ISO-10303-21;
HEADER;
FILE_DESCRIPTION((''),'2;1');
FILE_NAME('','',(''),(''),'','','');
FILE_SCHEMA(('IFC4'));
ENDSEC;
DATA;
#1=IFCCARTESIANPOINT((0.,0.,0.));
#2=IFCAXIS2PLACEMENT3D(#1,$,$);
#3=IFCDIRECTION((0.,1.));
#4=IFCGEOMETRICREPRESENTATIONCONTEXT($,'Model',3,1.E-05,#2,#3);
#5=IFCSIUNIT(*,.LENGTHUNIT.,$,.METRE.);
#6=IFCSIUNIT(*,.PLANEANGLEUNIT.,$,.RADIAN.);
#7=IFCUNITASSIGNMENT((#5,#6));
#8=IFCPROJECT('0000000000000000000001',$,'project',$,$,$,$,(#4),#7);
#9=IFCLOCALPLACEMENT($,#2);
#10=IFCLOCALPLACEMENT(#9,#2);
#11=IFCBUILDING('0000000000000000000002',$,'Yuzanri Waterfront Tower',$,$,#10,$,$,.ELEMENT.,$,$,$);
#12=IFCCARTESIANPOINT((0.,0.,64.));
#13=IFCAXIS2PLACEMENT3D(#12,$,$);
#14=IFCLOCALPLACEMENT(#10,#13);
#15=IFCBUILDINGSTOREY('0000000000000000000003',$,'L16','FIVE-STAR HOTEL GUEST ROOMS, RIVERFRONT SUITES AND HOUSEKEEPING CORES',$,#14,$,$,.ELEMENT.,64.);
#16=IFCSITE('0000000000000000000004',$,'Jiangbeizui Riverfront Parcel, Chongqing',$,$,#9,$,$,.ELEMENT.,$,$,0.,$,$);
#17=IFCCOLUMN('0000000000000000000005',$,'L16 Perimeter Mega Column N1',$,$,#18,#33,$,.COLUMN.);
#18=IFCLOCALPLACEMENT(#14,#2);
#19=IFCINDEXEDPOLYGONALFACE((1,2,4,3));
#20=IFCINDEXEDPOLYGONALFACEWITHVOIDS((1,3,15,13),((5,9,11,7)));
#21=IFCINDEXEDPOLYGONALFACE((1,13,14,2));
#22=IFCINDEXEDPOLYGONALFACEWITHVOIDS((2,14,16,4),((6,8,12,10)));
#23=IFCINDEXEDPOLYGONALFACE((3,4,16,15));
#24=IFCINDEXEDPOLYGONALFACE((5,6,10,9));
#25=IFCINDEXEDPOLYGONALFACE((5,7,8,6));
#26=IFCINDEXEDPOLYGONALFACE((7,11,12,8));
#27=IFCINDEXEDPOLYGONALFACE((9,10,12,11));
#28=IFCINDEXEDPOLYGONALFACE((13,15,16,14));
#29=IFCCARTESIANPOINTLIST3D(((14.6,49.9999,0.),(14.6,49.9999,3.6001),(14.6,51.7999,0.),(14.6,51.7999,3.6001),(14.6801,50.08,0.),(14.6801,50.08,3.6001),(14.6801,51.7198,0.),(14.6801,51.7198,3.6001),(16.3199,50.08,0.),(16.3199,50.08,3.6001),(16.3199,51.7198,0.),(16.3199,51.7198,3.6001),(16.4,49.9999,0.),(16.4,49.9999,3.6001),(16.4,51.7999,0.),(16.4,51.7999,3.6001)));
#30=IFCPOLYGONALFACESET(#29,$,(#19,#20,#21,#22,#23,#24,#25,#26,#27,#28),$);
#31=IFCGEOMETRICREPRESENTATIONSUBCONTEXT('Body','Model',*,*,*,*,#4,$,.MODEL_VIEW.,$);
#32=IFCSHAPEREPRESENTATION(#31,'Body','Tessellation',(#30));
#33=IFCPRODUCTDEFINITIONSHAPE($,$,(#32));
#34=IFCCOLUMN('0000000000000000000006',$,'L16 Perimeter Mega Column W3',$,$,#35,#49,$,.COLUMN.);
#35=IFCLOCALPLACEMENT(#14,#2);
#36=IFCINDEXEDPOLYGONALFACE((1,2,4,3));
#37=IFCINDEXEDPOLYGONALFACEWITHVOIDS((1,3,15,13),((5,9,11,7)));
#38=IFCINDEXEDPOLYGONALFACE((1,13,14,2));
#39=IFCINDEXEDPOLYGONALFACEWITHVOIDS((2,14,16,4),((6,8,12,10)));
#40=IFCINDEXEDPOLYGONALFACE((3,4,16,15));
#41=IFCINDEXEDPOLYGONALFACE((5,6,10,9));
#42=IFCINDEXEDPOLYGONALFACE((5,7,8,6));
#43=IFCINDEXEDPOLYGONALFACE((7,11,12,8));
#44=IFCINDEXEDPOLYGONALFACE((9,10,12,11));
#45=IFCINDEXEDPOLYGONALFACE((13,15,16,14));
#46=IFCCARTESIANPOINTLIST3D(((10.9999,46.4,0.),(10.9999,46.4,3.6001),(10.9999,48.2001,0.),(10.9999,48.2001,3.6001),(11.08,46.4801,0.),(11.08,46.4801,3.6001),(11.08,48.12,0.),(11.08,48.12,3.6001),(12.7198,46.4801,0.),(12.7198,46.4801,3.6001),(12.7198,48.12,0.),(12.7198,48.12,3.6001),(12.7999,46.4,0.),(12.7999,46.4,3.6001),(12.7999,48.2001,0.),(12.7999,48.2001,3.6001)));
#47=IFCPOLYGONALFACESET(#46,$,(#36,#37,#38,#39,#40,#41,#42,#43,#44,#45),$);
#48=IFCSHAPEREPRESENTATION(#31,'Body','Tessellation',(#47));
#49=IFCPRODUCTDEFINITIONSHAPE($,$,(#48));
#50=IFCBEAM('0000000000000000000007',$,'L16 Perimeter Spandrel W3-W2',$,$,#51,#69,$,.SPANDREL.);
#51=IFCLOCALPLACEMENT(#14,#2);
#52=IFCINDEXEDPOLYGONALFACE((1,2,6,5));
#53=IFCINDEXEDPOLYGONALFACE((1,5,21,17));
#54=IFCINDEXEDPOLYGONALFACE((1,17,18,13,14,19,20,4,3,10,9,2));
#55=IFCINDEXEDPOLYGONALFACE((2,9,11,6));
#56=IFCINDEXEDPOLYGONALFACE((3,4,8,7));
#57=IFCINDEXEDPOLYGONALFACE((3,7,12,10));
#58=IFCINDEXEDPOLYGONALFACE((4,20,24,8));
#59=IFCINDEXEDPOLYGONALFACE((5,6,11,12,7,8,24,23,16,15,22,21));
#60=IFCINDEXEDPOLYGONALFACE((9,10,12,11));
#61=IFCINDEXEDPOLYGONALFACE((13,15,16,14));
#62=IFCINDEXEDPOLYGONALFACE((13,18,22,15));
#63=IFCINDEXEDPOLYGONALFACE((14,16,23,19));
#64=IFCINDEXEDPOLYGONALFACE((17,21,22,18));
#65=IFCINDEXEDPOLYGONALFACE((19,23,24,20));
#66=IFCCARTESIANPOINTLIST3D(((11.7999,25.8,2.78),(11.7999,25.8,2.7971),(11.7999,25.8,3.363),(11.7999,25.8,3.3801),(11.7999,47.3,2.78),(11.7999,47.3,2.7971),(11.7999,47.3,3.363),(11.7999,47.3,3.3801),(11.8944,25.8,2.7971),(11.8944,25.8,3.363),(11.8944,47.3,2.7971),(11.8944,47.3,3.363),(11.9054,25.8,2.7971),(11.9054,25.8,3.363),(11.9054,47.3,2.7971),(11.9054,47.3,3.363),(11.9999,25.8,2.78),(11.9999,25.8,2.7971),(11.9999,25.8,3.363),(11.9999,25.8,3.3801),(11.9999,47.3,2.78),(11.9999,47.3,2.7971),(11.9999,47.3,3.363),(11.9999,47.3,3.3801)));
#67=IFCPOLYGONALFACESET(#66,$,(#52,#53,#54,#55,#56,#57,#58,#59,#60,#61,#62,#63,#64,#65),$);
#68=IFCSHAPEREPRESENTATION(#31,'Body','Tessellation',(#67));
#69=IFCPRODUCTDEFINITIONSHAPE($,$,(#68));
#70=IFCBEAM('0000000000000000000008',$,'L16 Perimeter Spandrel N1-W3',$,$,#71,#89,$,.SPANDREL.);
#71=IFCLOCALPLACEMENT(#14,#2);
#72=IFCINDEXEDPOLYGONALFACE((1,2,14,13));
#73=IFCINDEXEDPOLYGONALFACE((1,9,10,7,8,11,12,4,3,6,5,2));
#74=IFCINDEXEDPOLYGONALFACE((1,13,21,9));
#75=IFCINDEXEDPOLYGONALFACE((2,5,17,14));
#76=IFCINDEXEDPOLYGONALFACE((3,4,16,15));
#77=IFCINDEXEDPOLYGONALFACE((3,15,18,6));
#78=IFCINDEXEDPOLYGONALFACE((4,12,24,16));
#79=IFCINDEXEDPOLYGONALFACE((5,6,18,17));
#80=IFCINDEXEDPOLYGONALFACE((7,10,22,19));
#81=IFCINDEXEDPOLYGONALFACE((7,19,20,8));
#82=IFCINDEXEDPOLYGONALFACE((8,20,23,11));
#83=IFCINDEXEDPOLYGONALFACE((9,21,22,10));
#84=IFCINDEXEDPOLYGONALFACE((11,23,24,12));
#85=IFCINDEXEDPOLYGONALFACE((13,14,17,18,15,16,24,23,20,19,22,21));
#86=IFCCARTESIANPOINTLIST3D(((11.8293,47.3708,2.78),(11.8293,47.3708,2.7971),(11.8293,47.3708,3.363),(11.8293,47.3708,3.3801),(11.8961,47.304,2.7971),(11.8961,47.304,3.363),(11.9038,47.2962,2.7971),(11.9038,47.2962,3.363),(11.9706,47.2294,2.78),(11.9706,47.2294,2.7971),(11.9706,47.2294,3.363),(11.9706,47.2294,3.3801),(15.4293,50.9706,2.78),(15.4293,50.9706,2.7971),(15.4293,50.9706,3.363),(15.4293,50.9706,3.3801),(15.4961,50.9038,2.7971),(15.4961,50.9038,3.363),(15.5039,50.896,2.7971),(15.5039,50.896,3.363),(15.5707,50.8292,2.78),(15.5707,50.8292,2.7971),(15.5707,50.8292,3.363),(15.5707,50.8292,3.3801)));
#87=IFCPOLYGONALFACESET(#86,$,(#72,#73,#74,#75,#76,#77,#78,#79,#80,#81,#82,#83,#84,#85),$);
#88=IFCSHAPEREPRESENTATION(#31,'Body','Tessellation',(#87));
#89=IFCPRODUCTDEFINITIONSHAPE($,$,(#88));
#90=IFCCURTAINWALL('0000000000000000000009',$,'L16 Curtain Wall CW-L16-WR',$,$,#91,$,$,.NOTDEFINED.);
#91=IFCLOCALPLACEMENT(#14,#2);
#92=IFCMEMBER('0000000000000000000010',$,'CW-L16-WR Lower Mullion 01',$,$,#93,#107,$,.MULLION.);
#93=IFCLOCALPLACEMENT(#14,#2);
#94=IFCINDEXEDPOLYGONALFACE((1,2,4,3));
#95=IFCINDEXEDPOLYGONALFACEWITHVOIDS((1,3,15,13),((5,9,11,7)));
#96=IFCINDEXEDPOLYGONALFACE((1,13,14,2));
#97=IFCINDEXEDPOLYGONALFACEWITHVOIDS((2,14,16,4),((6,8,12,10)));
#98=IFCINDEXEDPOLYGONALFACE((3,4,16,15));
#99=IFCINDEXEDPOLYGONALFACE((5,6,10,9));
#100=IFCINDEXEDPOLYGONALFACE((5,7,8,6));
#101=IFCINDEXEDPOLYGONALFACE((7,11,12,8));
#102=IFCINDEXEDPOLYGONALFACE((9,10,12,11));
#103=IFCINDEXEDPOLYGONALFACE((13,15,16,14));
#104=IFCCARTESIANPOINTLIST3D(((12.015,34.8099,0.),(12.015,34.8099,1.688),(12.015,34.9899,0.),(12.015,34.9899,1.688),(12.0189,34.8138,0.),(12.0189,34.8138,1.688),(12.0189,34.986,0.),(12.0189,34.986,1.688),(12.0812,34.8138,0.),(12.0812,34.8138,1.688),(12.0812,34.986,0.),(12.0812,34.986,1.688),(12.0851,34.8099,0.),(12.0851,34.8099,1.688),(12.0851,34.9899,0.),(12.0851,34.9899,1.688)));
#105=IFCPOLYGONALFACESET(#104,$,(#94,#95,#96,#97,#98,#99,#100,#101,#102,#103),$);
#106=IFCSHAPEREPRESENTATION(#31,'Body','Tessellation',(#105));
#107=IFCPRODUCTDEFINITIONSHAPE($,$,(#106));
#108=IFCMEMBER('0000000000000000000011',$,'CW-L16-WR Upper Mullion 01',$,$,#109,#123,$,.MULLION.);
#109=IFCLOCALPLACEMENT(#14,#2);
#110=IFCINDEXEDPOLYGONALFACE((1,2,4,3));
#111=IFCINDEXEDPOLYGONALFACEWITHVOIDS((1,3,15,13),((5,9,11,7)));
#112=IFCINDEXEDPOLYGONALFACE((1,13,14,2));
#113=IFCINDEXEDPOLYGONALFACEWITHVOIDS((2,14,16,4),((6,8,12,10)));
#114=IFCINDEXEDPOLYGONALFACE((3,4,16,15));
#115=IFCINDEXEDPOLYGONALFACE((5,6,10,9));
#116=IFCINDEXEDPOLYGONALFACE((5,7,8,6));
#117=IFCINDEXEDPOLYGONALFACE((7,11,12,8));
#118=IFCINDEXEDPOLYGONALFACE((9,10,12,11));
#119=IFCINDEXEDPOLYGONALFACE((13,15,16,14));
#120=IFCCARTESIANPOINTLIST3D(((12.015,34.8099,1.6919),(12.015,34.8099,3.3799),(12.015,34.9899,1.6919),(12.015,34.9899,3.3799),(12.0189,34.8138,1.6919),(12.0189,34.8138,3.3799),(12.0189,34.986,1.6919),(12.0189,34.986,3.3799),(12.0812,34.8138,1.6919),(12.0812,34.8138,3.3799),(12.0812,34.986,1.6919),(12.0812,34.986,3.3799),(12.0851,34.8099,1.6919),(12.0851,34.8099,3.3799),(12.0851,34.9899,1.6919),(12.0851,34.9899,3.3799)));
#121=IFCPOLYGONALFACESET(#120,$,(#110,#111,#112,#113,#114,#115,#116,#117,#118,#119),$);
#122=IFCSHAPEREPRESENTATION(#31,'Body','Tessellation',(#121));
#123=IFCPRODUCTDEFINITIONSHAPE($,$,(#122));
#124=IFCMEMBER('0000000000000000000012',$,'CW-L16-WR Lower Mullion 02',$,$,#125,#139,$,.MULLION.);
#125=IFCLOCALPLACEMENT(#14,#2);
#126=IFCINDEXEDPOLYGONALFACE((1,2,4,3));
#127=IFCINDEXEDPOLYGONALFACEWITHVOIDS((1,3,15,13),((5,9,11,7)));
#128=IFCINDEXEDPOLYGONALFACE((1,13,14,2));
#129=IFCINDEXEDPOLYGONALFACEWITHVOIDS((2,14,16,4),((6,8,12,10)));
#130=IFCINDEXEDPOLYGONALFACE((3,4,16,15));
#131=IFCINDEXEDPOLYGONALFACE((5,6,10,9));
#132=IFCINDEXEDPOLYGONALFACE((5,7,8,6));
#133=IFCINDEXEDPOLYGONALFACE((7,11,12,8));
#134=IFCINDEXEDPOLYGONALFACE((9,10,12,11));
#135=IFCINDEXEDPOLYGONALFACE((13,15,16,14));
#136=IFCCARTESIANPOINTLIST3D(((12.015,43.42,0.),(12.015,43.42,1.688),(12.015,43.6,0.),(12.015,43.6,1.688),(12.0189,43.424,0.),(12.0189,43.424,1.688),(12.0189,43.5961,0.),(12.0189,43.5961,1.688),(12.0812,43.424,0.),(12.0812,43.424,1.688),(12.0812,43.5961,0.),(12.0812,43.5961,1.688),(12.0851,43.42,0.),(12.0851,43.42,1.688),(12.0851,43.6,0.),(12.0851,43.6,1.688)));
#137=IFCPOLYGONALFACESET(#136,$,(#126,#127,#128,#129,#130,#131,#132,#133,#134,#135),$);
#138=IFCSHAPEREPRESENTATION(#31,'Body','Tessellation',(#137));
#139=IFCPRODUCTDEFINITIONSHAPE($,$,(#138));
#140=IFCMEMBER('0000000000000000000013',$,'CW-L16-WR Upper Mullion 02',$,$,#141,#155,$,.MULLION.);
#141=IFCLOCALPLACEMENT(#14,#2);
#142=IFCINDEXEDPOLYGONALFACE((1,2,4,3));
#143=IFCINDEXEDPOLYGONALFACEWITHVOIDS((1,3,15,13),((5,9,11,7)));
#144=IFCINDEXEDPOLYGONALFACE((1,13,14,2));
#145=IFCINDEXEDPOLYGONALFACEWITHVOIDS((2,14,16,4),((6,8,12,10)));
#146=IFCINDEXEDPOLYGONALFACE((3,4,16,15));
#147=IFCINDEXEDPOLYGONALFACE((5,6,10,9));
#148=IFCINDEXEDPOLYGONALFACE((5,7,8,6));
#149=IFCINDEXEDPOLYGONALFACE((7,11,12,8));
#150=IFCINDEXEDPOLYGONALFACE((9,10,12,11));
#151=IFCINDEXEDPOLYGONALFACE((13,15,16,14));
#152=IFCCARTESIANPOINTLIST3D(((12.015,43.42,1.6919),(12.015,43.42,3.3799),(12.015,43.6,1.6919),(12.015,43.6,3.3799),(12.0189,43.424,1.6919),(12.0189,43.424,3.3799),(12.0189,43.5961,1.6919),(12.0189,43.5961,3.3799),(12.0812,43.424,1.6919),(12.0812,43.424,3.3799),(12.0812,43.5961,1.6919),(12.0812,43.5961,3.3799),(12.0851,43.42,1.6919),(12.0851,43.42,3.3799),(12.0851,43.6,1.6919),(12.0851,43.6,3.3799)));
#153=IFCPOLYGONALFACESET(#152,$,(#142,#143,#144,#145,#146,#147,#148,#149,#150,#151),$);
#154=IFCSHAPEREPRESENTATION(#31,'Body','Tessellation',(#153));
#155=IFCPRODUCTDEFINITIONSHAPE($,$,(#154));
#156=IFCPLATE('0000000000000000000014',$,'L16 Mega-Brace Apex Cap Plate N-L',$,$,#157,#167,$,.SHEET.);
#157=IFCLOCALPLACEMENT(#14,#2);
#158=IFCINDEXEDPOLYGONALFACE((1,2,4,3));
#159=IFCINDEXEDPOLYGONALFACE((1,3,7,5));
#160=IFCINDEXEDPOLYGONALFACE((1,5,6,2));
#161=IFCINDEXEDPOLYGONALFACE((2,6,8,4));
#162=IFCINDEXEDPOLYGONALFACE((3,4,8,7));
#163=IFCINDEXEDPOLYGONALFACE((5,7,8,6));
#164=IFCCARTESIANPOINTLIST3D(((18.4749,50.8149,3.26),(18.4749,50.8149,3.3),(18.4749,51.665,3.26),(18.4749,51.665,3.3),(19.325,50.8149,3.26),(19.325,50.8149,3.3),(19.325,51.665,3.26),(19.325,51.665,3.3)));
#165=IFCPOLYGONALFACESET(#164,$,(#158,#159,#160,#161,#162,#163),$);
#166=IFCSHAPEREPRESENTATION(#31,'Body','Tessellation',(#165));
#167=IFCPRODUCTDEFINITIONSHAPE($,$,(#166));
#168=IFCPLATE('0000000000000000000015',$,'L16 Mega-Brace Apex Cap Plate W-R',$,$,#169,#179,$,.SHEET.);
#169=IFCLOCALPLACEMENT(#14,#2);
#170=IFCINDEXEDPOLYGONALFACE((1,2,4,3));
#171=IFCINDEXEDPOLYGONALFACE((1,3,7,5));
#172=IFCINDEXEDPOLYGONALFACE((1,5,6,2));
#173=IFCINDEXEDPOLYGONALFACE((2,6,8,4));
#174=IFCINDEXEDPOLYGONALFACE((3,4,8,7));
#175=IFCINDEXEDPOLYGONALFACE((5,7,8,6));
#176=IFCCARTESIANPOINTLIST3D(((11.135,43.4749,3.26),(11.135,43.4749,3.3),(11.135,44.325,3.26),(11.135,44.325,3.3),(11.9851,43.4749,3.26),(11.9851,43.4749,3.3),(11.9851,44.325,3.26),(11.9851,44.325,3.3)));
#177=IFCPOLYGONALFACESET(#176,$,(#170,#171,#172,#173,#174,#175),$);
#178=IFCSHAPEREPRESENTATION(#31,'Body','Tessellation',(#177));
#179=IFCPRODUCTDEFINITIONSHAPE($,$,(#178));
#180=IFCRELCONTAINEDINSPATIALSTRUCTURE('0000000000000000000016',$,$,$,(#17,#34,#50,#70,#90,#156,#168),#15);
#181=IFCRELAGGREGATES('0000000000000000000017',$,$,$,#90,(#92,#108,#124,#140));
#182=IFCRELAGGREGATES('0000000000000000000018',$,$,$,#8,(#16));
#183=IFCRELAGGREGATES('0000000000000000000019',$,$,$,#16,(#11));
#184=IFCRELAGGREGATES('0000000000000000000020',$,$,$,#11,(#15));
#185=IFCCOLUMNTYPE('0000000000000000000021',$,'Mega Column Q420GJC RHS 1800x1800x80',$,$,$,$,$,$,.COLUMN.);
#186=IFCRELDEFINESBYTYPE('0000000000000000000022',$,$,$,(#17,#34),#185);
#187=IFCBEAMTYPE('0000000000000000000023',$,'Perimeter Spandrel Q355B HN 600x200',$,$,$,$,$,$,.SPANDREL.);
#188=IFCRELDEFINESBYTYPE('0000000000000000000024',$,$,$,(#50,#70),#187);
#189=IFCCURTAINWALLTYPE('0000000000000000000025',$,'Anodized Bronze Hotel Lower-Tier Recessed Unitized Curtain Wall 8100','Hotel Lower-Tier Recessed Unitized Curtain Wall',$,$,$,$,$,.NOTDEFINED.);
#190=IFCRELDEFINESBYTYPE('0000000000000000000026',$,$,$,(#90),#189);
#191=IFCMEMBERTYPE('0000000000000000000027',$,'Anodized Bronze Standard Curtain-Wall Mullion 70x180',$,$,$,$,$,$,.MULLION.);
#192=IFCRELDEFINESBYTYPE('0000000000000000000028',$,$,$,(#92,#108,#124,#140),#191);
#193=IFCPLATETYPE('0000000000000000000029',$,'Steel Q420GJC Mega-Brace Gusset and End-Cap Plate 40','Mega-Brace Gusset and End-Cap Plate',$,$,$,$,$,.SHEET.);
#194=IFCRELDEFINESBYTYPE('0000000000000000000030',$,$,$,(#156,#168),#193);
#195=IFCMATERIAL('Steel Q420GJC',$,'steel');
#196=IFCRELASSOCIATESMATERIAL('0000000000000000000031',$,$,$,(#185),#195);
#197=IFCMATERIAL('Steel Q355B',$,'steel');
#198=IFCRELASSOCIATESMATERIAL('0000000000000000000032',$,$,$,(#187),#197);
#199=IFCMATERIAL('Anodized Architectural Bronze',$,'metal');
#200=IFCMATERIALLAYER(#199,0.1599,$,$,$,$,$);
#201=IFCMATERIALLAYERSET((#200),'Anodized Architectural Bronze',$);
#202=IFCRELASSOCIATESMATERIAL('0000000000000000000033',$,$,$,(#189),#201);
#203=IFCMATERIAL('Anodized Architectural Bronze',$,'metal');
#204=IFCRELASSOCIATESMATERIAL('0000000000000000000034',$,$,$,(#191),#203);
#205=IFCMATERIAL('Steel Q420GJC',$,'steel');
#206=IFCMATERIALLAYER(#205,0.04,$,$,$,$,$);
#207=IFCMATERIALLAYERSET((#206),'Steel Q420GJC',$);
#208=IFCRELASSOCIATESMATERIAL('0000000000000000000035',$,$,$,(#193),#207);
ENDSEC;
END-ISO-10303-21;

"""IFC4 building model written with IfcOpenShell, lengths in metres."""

from ifc_helpers import new_model, si_unit, direction, frame, origin, origin_2d, place, context, subcontext, project, spatial, rectangle, hollow_rectangle, i_section, extrude, source, transform, mapped, material, layer, layer_set, material_profile, profile_set, type_object, element, aggregate, save


model = new_model("IFC4")

# Units and contexts
model_context = context("Model", 3, precision=1e-05, world=origin(), true_north=direction((0.0, 1.0)))
body_context = subcontext(model_context, "Body", "Model", "MODEL_VIEW")
ifc_project = project(units=[si_unit("LENGTHUNIT", "METRE"), si_unit("PLANEANGLEUNIT", "RADIAN")], contexts=[model_context])

# Site, building, storey
site_placement = place(None, origin())
site = spatial("IfcSite", under=ifc_project, at=site_placement, Name="Jiangbeizui Riverfront Parcel, Chongqing", CompositionType="ELEMENT", RefElevation=0.0)
building_placement = place(site_placement, origin())
building = spatial("IfcBuilding", under=site, at=building_placement, Name="Yuzanri Waterfront Tower", CompositionType="ELEMENT")
storey_placement = place(building_placement, frame((0.0, 0.0, 64.0)))
storey = spatial("IfcBuildingStorey", under=building, at=storey_placement, Name="L16", Description="FIVE-STAR HOTEL GUEST ROOMS, RIVERFRONT SUITES AND HOUSEKEEPING CORES", CompositionType="ELEMENT", Elevation=64.0)

# Columns
ifc_material_1 = material(Name="Steel Q420GJC", Category="steel")
ifc_material_profile_1 = material_profile(ifc_material_1, hollow_rectangle(XDim=1.8, YDim=1.8, WallThickness=0.0801, at=origin_2d()), Name="RHS 1800x1800x80")
ifc_profile_set_1 = profile_set([ifc_material_profile_1], Name="Steel Q420GJC")
column_type = type_object("IfcColumnType", Name="Mega Column Q420GJC RHS 1800x1800x80", PredefinedType="COLUMN", material=ifc_profile_set_1)
shared_shape_1 = source(origin(), body_context, "Body", "SweptSolid", [
    extrude(hollow_rectangle(XDim=1.8, YDim=1.8, WallThickness=0.0801, at=origin_2d()), origin(), (0.0, 0.0, 1.0), 3.6001),
])
for number, where, z_axis, x_axis, name in (
    (1, (15.5, 50.8999, 0.0), (0.0, 0.0, 1.0), (1.0, 0.0, 0.0), "L16 Perimeter Mega Column N1"),
    (2, (11.8999, 47.3, 0.0), (0.0, 0.0, 1.0), (1.0, 0.0, 0.0), "L16 Perimeter Mega Column W3"),
):
    element("IfcColumn", number, at=place(storey_placement, frame(where, z_axis=z_axis, x_axis=x_axis)), inside=storey, type_object=column_type, Name=name, PredefinedType="COLUMN", context=body_context, shape_type="MappedRepresentation", body=[
        mapped(shared_shape_1, transform((0.0, 0.0, 0.0), scale=1.0)),
    ])

# Beams
ifc_material_2 = material(Name="Steel Q355B", Category="steel")
ifc_material_profile_2 = material_profile(ifc_material_2, i_section(OverallWidth=0.2, OverallDepth=0.6001, WebThickness=0.011, FlangeThickness=0.0171, at=origin_2d()), Name="HN 600x200x11x17")
ifc_profile_set_2 = profile_set([ifc_material_profile_2], Name="Steel Q355B")
beam_type = type_object("IfcBeamType", Name="Perimeter Spandrel Q355B HN 600x200", PredefinedType="SPANDREL", material=ifc_profile_set_2)
shared_shape_2 = source(origin(), body_context, "Body", "SweptSolid", [
    extrude(i_section(OverallWidth=0.2, OverallDepth=0.6001, WebThickness=0.011, FlangeThickness=0.0171, at=origin_2d()), origin(), (0.0, 0.0, 1.0), 21.5),
])
beam_1_placement = place(storey_placement, frame((11.8999, 47.3, 3.0801), z_axis=(0.0, -1.0, 0.0), x_axis=(1.0, 0.0, 0.0)))
element("IfcBeam", 3, at=beam_1_placement, inside=storey, type_object=beam_type, Name="L16 Perimeter Spandrel W3-W2", PredefinedType="SPANDREL", context=body_context, shape_type="MappedRepresentation", body=[
    mapped(shared_shape_2, transform((0.0, 0.0, 0.0), scale=1.0)),
])
shared_shape_3 = source(origin(), body_context, "Body", "SweptSolid", [
    extrude(i_section(OverallWidth=0.2, OverallDepth=0.6001, WebThickness=0.011, FlangeThickness=0.0171, at=origin_2d()), origin(), (0.0, 0.0, 1.0), 5.0911),
])
beam_2_placement = place(storey_placement, frame((15.5, 50.8999, 3.0801), z_axis=(-0.707131, -0.707083, 0.0), x_axis=(0.707083, -0.707131, 0.0)))
element("IfcBeam", 4, at=beam_2_placement, inside=storey, type_object=beam_type, Name="L16 Perimeter Spandrel N1-W3", PredefinedType="SPANDREL", context=body_context, shape_type="MappedRepresentation", body=[
    mapped(shared_shape_3, transform((0.0, 0.0, 0.0), scale=1.0)),
])

# Curtain wall, members
ifc_material_3 = material(Name="Anodized Architectural Bronze", Category="metal")
ifc_layer_1 = layer(ifc_material_3, 0.1599)
ifc_layer_set_1 = layer_set([ifc_layer_1], Name="Anodized Architectural Bronze")
curtain_wall_type = type_object("IfcCurtainWallType", Name="Anodized Bronze Hotel Lower-Tier Recessed Unitized Curtain Wall 8100", Description="Hotel Lower-Tier Recessed Unitized Curtain Wall", PredefinedType="NOTDEFINED", material=ifc_layer_set_1)
curtain_wall_placement = place(storey_placement, origin())
curtain_wall = element("IfcCurtainWall", 5, at=curtain_wall_placement, inside=storey, type_object=curtain_wall_type, Name="L16 Curtain Wall CW-L16-WR", PredefinedType="NOTDEFINED")
ifc_material_4 = material(Name="Anodized Architectural Bronze", Category="metal")
ifc_material_profile_3 = material_profile(ifc_material_4, hollow_rectangle(XDim=0.0701, YDim=0.1799, WallThickness=0.0039, at=origin_2d()), Name="CWM 70x180")
ifc_profile_set_3 = profile_set([ifc_material_profile_3], Name="Anodized Architectural Bronze")
member_type = type_object("IfcMemberType", Name="Anodized Bronze Standard Curtain-Wall Mullion 70x180", PredefinedType="MULLION", material=ifc_profile_set_3)
shared_shape_4 = source(origin(), body_context, "Body", "SweptSolid", [
    extrude(hollow_rectangle(XDim=0.0701, YDim=0.1799, WallThickness=0.0039, at=origin_2d()), origin(), (0.0, 0.0, 1.0), 1.688),
])
member_1_placement = place(storey_placement, frame((12.05, 34.8999, 0.0), z_axis=(0.0, 0.0, 1.0), x_axis=(1.0, 0.0, 0.0)))
member_1 = element("IfcMember", 6, at=member_1_placement, type_object=member_type, Name="CW-L16-WR Lower Mullion 01", PredefinedType="MULLION", context=body_context, shape_type="MappedRepresentation", body=[
    mapped(shared_shape_4, transform((0.0, 0.0, 0.0), scale=1.0)),
])
member_2_placement = place(storey_placement, frame((12.05, 34.8999, 1.6919), z_axis=(0.0, 0.0, 1.0), x_axis=(1.0, 0.0, 0.0)))
member_2 = element("IfcMember", 7, at=member_2_placement, type_object=member_type, Name="CW-L16-WR Upper Mullion 01", PredefinedType="MULLION", context=body_context, shape_type="MappedRepresentation", body=[
    mapped(shared_shape_4, transform((0.0, 0.0, 0.0), scale=1.0)),
])
member_3_placement = place(storey_placement, frame((12.05, 43.51, 0.0), z_axis=(0.0, 0.0, 1.0), x_axis=(1.0, 0.0, 0.0)))
member_3 = element("IfcMember", 8, at=member_3_placement, type_object=member_type, Name="CW-L16-WR Lower Mullion 02", PredefinedType="MULLION", context=body_context, shape_type="MappedRepresentation", body=[
    mapped(shared_shape_4, transform((0.0, 0.0, 0.0), scale=1.0)),
])
member_4_placement = place(storey_placement, frame((12.05, 43.51, 1.6919), z_axis=(0.0, 0.0, 1.0), x_axis=(1.0, 0.0, 0.0)))
member_4 = element("IfcMember", 9, at=member_4_placement, type_object=member_type, Name="CW-L16-WR Upper Mullion 02", PredefinedType="MULLION", context=body_context, shape_type="MappedRepresentation", body=[
    mapped(shared_shape_4, transform((0.0, 0.0, 0.0), scale=1.0)),
])

# Plates
ifc_material_5 = material(Name="Steel Q420GJC", Category="steel")
ifc_layer_2 = layer(ifc_material_5, 0.04)
ifc_layer_set_2 = layer_set([ifc_layer_2], Name="Steel Q420GJC")
plate_type_1 = type_object("IfcPlateType", Name="Steel Q420GJC Mega-Brace Gusset and End-Cap Plate 40", Description="Mega-Brace Gusset and End-Cap Plate", PredefinedType="SHEET", material=ifc_layer_set_2)
shared_shape_5 = source(origin(), body_context, "Body", "SweptSolid", [
    extrude(rectangle(XDim=0.8501, YDim=0.8501, at=origin_2d()), origin(), (0.0, 0.0, 1.0), 0.04),
])
for number, where, z_axis, x_axis, name in (
    (10, (18.8999, 51.24, 3.26), (0.0, 0.0, 1.0), (1.0, 0.0, 0.0), "L16 Mega-Brace Apex Cap Plate N-L"),
    (11, (11.5601, 43.8999, 3.26), (0.0, 0.0, 1.0), (1.0, 0.0, 0.0), "L16 Mega-Brace Apex Cap Plate W-R"),
):
    element("IfcPlate", number, at=place(storey_placement, frame(where, z_axis=z_axis, x_axis=x_axis)), inside=storey, type_object=plate_type_1, Name=name, PredefinedType="SHEET", context=body_context, shape_type="MappedRepresentation", body=[
        mapped(shared_shape_5, transform((0.0, 0.0, 0.0), scale=1.0)),
    ])

aggregate(curtain_wall, [member_1, member_2, member_3, member_4])

save(model, "model.ifc")
